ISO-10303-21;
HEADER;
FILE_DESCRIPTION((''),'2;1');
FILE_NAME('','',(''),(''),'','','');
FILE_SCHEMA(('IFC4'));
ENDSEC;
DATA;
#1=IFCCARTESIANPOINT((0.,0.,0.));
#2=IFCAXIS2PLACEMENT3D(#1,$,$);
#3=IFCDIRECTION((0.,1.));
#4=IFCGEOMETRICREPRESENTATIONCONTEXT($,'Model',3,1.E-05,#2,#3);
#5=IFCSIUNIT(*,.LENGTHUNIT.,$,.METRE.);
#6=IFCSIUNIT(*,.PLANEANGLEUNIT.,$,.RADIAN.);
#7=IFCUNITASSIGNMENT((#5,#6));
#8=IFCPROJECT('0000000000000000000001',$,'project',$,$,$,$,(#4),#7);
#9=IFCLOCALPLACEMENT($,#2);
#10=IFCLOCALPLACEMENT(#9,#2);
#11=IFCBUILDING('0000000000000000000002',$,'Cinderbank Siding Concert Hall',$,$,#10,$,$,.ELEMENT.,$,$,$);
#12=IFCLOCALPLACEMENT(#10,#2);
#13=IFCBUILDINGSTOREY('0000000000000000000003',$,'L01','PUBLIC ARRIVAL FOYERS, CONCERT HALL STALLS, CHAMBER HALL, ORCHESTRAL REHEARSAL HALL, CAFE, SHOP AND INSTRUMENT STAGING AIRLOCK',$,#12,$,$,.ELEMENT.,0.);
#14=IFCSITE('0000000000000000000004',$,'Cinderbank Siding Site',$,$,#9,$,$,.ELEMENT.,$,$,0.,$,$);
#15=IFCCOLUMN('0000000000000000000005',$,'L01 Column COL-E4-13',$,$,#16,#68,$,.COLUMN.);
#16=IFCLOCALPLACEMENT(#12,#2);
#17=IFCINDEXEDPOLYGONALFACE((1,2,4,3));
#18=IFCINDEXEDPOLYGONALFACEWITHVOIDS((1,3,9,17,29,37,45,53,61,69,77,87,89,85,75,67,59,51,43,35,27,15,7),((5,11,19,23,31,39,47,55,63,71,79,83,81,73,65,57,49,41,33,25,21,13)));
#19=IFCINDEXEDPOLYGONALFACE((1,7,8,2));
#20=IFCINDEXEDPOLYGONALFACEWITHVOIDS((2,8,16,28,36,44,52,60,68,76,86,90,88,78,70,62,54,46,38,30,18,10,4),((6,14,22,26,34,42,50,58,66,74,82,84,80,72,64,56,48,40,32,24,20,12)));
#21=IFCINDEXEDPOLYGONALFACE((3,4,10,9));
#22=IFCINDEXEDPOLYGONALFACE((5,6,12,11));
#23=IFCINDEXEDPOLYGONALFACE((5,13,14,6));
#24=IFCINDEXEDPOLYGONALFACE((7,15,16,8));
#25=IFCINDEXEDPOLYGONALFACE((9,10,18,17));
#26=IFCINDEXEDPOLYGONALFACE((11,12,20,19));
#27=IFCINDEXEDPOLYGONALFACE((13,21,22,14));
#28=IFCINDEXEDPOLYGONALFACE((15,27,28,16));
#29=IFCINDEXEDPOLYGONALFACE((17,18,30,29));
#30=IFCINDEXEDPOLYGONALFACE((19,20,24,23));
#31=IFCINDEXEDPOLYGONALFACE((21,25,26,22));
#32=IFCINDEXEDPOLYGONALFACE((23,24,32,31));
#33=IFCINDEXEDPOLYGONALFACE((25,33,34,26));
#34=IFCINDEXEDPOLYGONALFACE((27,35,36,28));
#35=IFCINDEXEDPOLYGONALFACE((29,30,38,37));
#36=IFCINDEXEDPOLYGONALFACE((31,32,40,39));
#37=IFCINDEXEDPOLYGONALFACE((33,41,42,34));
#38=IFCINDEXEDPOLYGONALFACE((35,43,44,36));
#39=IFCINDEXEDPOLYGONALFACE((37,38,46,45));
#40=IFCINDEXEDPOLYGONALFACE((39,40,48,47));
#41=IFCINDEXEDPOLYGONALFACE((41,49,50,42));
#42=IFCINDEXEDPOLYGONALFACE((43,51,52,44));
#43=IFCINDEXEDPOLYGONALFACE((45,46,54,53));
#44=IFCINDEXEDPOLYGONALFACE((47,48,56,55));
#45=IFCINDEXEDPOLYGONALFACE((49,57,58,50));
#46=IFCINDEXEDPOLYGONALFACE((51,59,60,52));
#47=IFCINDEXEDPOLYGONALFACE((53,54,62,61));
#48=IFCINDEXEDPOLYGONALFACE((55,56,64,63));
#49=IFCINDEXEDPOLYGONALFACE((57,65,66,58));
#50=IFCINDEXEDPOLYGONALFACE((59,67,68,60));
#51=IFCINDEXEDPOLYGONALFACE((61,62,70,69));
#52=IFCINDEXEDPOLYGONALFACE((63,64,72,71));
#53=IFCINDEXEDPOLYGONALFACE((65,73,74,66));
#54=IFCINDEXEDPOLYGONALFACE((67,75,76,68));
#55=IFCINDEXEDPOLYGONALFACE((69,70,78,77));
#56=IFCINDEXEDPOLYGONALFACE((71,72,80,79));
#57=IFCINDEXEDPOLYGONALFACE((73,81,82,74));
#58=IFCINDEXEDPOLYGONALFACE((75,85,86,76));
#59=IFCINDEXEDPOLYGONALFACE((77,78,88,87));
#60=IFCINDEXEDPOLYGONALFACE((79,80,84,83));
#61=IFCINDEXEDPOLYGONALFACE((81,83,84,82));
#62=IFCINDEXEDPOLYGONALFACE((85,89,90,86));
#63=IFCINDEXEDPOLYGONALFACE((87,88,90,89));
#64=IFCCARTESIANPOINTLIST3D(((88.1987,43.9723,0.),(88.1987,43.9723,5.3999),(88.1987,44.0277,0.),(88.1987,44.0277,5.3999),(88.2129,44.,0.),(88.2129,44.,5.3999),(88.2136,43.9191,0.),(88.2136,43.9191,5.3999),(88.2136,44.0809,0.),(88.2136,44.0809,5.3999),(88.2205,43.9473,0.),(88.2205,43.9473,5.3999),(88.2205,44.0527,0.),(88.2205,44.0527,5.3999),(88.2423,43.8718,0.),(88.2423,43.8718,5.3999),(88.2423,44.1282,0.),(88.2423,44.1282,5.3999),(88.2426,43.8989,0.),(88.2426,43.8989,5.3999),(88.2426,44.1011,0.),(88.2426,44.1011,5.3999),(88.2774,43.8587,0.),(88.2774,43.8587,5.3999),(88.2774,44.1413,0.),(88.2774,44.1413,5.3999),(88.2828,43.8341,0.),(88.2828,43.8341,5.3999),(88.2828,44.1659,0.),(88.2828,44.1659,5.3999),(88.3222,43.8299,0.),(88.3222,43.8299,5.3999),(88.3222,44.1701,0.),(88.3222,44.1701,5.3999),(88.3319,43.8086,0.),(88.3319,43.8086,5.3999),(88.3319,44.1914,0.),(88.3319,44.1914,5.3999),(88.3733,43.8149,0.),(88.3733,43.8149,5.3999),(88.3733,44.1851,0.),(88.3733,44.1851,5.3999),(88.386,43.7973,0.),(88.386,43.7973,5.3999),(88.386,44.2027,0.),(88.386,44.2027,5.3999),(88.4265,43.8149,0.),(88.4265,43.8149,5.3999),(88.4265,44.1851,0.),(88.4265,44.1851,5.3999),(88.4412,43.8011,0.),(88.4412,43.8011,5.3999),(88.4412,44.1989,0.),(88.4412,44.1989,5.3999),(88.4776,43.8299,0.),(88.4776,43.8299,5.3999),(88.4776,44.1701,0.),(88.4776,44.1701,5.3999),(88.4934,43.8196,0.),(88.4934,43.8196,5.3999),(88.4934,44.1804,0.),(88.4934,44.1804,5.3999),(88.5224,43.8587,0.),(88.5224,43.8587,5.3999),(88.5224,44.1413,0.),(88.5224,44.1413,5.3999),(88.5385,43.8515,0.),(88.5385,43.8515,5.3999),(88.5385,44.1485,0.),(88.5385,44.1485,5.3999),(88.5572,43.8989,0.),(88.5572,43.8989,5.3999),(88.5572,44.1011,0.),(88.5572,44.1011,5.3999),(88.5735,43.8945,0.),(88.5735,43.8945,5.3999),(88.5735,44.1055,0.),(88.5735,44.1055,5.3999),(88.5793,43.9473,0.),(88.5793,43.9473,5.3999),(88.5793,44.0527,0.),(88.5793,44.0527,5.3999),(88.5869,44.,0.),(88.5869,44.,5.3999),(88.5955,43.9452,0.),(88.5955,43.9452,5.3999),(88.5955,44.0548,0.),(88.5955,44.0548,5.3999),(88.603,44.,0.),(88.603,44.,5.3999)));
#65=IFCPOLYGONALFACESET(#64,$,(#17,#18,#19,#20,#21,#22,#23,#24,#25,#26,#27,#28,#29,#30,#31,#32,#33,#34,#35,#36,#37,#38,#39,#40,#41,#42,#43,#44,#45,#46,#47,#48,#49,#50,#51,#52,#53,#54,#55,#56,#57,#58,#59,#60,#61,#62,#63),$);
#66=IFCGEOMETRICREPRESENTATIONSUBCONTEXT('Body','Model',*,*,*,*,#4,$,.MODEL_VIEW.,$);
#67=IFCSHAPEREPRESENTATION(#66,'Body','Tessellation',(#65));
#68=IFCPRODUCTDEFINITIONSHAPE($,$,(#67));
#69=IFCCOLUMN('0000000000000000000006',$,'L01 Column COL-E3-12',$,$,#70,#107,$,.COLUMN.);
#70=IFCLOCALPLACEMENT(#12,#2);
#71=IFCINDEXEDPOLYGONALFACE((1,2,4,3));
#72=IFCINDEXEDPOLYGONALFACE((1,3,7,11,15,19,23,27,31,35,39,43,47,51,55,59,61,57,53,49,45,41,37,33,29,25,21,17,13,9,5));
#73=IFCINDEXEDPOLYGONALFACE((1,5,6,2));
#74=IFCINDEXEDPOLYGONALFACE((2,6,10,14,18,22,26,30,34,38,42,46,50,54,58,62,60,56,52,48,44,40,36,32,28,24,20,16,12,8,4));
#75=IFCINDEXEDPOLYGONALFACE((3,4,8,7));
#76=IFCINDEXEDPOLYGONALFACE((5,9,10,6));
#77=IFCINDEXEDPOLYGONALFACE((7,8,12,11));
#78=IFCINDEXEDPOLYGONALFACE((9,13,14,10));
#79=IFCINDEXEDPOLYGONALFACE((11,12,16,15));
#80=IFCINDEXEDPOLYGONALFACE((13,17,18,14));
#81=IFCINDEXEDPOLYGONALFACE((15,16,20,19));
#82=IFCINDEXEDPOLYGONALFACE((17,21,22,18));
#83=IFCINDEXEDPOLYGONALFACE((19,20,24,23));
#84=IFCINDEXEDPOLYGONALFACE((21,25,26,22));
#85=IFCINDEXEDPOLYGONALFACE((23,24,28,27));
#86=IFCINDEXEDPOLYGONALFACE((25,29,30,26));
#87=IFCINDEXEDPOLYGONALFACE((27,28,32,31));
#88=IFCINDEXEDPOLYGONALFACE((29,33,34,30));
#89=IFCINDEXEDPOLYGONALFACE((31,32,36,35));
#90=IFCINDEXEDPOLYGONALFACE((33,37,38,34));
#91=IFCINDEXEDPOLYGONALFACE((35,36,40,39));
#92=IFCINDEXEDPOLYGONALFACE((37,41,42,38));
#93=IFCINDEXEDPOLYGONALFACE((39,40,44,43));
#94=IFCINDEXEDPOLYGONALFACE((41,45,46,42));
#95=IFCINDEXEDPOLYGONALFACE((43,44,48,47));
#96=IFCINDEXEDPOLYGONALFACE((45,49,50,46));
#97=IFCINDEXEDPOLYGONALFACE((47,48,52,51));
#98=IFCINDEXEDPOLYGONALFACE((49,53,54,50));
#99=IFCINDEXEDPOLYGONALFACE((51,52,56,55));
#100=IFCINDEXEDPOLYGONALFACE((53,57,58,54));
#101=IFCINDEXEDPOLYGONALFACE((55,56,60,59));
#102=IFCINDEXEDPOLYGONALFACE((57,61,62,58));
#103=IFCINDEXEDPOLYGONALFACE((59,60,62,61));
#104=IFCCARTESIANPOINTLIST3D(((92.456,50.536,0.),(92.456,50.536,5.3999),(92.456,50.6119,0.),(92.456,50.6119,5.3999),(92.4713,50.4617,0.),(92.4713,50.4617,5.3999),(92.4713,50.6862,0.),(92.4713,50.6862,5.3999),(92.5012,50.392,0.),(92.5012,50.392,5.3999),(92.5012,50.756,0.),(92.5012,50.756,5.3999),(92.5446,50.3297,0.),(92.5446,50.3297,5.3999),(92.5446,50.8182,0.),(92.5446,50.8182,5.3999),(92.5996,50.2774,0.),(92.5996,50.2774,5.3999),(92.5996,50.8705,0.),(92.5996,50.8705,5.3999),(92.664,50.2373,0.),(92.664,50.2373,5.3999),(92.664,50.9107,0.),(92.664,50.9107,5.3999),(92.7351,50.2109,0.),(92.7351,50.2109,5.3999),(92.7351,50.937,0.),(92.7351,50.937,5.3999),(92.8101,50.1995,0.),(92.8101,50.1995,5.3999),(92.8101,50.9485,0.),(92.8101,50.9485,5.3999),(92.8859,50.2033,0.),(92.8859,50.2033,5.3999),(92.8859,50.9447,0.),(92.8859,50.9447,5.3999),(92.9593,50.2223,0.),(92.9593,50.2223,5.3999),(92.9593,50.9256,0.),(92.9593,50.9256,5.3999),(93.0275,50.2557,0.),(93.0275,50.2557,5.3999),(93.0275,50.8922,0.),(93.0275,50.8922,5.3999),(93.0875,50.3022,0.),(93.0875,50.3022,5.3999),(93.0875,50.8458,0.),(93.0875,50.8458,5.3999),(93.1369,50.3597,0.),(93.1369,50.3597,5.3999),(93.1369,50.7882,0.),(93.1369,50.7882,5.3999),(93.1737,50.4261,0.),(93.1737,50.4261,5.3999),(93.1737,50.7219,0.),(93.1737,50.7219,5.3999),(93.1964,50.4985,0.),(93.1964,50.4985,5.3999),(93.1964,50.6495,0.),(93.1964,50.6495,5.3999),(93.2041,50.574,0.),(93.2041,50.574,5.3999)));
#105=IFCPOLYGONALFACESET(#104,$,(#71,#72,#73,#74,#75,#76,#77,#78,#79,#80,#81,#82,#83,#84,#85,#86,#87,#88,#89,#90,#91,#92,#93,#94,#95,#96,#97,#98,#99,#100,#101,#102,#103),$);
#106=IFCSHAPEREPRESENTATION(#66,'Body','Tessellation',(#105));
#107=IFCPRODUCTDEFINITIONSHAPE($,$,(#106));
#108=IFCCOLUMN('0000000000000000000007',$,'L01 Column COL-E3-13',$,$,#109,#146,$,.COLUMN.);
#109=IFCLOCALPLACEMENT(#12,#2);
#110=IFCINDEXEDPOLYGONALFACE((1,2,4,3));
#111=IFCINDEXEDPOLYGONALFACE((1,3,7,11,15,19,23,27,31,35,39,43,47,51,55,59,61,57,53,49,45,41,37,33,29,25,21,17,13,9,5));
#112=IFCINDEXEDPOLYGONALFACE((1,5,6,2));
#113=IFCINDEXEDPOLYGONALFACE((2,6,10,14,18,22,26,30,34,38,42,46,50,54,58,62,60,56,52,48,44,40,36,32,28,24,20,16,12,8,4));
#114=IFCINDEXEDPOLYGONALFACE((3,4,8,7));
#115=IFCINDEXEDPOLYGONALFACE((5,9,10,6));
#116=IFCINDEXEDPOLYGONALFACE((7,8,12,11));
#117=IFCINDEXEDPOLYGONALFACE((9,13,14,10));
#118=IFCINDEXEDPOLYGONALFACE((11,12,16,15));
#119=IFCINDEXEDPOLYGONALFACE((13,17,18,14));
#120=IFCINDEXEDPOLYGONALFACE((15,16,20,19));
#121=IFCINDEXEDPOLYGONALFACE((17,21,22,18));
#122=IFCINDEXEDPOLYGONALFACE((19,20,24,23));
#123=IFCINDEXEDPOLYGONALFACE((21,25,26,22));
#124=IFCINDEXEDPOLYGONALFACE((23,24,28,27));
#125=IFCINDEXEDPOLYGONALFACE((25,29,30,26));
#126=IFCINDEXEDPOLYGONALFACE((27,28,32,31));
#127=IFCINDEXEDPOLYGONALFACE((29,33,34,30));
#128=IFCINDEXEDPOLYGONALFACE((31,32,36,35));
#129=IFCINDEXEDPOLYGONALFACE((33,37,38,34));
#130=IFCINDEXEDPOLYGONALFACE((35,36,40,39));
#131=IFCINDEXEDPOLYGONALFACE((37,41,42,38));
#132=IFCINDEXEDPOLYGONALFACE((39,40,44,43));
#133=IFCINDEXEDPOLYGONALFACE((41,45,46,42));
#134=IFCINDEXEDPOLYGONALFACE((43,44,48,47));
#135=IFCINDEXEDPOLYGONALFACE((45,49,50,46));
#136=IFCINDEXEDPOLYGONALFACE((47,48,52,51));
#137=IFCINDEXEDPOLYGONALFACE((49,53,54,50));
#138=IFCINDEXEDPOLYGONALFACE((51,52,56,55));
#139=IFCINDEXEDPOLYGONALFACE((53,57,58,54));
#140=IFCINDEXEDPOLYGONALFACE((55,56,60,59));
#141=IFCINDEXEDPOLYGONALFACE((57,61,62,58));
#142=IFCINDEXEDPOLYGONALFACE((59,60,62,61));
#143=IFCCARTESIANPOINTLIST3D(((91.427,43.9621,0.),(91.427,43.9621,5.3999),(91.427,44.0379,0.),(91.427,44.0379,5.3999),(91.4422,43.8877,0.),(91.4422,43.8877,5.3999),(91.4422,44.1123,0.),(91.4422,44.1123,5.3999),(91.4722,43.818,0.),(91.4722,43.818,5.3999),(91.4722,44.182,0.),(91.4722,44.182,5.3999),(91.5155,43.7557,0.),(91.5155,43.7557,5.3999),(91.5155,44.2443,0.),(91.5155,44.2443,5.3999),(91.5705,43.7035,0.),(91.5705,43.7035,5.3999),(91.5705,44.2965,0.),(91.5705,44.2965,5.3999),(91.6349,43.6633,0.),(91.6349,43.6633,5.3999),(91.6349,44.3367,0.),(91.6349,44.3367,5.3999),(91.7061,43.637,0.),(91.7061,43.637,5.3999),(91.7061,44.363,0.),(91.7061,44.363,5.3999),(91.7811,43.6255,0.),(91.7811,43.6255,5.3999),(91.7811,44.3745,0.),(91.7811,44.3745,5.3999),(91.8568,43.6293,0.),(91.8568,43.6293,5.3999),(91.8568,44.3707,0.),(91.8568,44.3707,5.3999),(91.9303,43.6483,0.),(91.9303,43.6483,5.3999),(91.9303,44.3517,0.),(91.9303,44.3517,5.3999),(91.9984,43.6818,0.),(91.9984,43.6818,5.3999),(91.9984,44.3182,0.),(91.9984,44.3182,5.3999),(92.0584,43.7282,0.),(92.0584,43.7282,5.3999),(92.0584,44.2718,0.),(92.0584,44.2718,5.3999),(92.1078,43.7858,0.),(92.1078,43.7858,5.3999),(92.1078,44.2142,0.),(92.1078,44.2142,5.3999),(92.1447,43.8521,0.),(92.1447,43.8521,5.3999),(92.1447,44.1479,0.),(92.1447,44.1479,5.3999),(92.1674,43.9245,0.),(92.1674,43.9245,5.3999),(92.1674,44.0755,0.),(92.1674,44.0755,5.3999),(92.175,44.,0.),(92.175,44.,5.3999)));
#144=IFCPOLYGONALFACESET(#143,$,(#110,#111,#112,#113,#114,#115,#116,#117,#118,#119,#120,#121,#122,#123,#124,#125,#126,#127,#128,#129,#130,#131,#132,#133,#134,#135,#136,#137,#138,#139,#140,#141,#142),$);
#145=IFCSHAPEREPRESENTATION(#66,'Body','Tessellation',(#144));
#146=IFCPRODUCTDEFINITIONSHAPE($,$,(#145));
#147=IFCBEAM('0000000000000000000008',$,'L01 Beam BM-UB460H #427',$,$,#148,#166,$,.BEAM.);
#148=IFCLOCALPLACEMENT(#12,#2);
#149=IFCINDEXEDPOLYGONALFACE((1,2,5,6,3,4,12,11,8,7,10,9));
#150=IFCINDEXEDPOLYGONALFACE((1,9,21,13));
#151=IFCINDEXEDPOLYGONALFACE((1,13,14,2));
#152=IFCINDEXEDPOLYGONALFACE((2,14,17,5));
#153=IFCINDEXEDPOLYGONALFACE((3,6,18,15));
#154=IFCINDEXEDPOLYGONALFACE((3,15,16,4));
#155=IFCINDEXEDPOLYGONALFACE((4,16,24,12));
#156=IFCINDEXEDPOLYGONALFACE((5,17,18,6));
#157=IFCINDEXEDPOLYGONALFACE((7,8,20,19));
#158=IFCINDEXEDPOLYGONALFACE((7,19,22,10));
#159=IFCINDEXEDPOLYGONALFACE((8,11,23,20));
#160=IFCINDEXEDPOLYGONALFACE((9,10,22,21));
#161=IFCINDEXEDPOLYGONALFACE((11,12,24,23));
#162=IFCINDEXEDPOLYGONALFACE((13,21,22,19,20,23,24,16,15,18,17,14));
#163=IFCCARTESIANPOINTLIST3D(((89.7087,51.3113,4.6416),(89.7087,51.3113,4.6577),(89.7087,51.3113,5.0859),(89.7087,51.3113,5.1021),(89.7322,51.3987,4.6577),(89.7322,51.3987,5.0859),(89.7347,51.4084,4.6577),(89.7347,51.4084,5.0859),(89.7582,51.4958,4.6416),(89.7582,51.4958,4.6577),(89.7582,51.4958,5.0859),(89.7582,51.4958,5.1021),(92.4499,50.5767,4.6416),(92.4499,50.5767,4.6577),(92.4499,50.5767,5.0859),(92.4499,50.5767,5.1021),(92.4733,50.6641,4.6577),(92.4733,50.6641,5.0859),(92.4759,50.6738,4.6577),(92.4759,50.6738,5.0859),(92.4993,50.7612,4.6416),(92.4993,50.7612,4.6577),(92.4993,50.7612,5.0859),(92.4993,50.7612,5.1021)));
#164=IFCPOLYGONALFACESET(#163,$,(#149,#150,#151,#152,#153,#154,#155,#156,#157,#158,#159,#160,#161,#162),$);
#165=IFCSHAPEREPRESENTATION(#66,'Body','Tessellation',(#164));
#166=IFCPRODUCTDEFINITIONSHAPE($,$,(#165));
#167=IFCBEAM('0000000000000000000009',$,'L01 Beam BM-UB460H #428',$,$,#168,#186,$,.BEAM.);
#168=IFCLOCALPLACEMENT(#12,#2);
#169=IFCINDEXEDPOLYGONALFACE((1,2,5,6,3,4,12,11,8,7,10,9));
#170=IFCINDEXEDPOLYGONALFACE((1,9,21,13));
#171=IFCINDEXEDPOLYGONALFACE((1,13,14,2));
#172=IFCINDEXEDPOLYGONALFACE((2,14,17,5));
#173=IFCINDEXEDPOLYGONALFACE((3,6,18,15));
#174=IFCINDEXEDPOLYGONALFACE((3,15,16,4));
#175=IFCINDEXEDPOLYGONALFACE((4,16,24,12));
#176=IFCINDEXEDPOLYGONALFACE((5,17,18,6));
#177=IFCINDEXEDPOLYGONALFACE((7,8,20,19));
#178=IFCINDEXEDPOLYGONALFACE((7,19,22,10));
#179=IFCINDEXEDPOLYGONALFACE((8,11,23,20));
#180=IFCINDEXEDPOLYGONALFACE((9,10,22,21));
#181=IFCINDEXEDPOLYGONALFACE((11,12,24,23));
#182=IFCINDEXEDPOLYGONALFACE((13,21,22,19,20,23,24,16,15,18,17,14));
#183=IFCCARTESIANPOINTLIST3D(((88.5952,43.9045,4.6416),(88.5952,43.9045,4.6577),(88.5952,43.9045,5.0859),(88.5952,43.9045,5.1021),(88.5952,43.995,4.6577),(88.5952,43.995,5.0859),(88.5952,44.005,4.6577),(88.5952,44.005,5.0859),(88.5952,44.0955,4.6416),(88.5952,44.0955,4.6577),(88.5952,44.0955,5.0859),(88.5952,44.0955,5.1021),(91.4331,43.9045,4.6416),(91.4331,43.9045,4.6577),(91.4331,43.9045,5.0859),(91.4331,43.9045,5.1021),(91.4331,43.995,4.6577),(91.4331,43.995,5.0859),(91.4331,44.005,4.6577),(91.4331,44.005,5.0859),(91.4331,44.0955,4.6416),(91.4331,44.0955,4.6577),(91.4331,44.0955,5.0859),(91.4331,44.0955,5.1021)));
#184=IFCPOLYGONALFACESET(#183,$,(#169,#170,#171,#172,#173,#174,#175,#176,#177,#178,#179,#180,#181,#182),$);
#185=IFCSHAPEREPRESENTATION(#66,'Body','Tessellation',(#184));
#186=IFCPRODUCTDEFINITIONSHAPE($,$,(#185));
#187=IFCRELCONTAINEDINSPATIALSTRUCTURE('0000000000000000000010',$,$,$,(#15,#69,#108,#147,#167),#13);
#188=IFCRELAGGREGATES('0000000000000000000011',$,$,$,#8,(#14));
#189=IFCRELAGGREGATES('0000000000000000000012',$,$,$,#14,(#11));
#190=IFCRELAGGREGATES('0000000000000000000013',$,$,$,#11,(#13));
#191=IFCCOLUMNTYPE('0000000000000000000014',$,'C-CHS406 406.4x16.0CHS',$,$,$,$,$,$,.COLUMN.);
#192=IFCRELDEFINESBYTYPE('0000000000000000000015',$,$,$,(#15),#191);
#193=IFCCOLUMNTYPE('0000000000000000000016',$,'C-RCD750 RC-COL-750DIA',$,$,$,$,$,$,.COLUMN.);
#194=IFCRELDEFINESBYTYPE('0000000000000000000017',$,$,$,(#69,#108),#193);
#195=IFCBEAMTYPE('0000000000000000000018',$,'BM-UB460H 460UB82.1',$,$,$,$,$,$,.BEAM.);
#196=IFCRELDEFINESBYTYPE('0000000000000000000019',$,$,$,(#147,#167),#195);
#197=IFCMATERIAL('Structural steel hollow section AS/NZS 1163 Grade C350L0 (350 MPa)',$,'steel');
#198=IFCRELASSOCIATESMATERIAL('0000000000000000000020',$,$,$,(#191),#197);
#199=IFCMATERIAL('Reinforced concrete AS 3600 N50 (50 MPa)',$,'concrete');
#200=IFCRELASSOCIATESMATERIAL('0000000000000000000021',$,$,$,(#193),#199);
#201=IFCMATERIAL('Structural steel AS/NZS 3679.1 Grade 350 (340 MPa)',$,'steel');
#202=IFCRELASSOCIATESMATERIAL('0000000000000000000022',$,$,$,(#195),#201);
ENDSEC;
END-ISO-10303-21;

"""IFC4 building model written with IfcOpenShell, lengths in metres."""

from ifc_helpers import new_model, si_unit, direction, frame, origin, origin_2d, place, context, subcontext, project, spatial, circle, hollow_circle, i_section, extrude, material, material_profile, profile_set, type_object, element, save


model = new_model("IFC4")

# Units and contexts
model_context = context("Model", 3, precision=1e-05, world=origin(), true_north=direction((0.0, 1.0)))
body_context = subcontext(model_context, "Body", "Model", "MODEL_VIEW")
ifc_project = project(units=[si_unit("LENGTHUNIT", "METRE"), si_unit("PLANEANGLEUNIT", "RADIAN")], contexts=[model_context])

# Site, building, storey
site_placement = place(None, origin())
site = spatial("IfcSite", under=ifc_project, at=site_placement, Name="Cinderbank Siding Site", CompositionType="ELEMENT", RefElevation=0.0)
building_placement = place(site_placement, origin())
building = spatial("IfcBuilding", under=site, at=building_placement, Name="Cinderbank Siding Concert Hall", CompositionType="ELEMENT")
storey_placement = place(building_placement, origin())
storey = spatial("IfcBuildingStorey", under=building, at=storey_placement, Name="L01", Description="PUBLIC ARRIVAL FOYERS, CONCERT HALL STALLS, CHAMBER HALL, ORCHESTRAL REHEARSAL HALL, CAFE, SHOP AND INSTRUMENT STAGING AIRLOCK", CompositionType="ELEMENT", Elevation=0.0)

# Columns
ifc_material_1 = material(Name="Structural steel hollow section AS/NZS 1163 Grade C350L0 (350 MPa)", Category="steel")
ifc_material_profile_1 = material_profile(ifc_material_1, hollow_circle(Radius=0.2031, WallThickness=0.0161, at=origin_2d()), Name="406.4x16.0CHS", Category="LoadBearing")
ifc_profile_set_1 = profile_set([ifc_material_profile_1], Name="Structural steel hollow section AS/NZS 1163 Grade C350L0 (350 MPa)")
column_type_1 = type_object("IfcColumnType", Name="C-CHS406 406.4x16.0CHS", PredefinedType="COLUMN", material=ifc_profile_set_1)
for number, where, z_axis, x_axis, name in (
    (1, (88.3999, 44.0, 0.0), (0.0, 0.0, 1.0), (1.0, 0.0, 0.0), "L01 Column COL-E4-13"),
):
    element("IfcColumn", number, at=place(storey_placement, frame(where, z_axis=z_axis, x_axis=x_axis)), inside=storey, type_object=column_type_1, Name=name, PredefinedType="COLUMN", context=body_context, shape_type="SweptSolid", body=[
        extrude(hollow_circle(Radius=0.2031, WallThickness=0.0161, at=origin_2d()), origin(), (0.0, 0.0, 1.0), 5.3999),
    ])
ifc_material_2 = material(Name="Reinforced concrete AS 3600 N50 (50 MPa)", Category="concrete")
ifc_material_profile_2 = material_profile(ifc_material_2, circle(Radius=0.375, at=origin_2d()), Name="RC-COL-750DIA", Category="LoadBearing")
ifc_profile_set_2 = profile_set([ifc_material_profile_2], Name="Reinforced concrete AS 3600 N50 (50 MPa)")
column_type_2 = type_object("IfcColumnType", Name="C-RCD750 RC-COL-750DIA", PredefinedType="COLUMN", material=ifc_profile_set_2)
for number, where, z_axis, x_axis, name in (
    (2, (92.8291, 50.574, 0.0), (0.0, 0.0, 1.0), (1.0, 0.0, 0.0), "L01 Column COL-E3-12"),
    (3, (91.8, 44.0, 0.0), (0.0, 0.0, 1.0), (1.0, 0.0, 0.0), "L01 Column COL-E3-13"),
):
    element("IfcColumn", number, at=place(storey_placement, frame(where, z_axis=z_axis, x_axis=x_axis)), inside=storey, type_object=column_type_2, Name=name, PredefinedType="COLUMN", context=body_context, shape_type="SweptSolid", body=[
        extrude(circle(Radius=0.375, at=origin_2d()), origin(), (0.0, 0.0, 1.0), 5.3999),
    ])

# Beams
ifc_material_3 = material(Name="Structural steel AS/NZS 3679.1 Grade 350 (340 MPa)", Category="steel")
ifc_material_profile_3 = material_profile(ifc_material_3, i_section(OverallWidth=0.1909, OverallDepth=0.4604, WebThickness=0.01, FlangeThickness=0.0161, at=origin_2d()), Name="460UB82.1", Category="LoadBearing")
ifc_profile_set_3 = profile_set([ifc_material_profile_3], Name="Structural steel AS/NZS 3679.1 Grade 350 (340 MPa)")
beam_type_1 = type_object("IfcBeamType", Name="BM-UB460H 460UB82.1", PredefinedType="BEAM", material=ifc_profile_set_3)
for number, where, z_axis, x_axis, name in (
    (4, (92.4746, 50.6689, 4.8718), (-0.965916, 0.258856, 0.0), (-0.258856, -0.965916, 0.0), "L01 Beam BM-UB460H #427"),
    (5, (91.4331, 44.0, 4.8718), (-1.0, 0.0, 0.0), (0.0, -1.0, 0.0), "L01 Beam BM-UB460H #428"),
):
    element("IfcBeam", number, at=place(storey_placement, frame(where, z_axis=z_axis, x_axis=x_axis)), inside=storey, type_object=beam_type_1, Name=name, PredefinedType="BEAM", context=body_context, shape_type="SweptSolid", body=[
        extrude(i_section(OverallWidth=0.1909, OverallDepth=0.4604, WebThickness=0.01, FlangeThickness=0.0161, at=origin_2d()), origin(), (0.0, 0.0, 1.0), 2.8379),
    ])

save(model, "model.ifc")
